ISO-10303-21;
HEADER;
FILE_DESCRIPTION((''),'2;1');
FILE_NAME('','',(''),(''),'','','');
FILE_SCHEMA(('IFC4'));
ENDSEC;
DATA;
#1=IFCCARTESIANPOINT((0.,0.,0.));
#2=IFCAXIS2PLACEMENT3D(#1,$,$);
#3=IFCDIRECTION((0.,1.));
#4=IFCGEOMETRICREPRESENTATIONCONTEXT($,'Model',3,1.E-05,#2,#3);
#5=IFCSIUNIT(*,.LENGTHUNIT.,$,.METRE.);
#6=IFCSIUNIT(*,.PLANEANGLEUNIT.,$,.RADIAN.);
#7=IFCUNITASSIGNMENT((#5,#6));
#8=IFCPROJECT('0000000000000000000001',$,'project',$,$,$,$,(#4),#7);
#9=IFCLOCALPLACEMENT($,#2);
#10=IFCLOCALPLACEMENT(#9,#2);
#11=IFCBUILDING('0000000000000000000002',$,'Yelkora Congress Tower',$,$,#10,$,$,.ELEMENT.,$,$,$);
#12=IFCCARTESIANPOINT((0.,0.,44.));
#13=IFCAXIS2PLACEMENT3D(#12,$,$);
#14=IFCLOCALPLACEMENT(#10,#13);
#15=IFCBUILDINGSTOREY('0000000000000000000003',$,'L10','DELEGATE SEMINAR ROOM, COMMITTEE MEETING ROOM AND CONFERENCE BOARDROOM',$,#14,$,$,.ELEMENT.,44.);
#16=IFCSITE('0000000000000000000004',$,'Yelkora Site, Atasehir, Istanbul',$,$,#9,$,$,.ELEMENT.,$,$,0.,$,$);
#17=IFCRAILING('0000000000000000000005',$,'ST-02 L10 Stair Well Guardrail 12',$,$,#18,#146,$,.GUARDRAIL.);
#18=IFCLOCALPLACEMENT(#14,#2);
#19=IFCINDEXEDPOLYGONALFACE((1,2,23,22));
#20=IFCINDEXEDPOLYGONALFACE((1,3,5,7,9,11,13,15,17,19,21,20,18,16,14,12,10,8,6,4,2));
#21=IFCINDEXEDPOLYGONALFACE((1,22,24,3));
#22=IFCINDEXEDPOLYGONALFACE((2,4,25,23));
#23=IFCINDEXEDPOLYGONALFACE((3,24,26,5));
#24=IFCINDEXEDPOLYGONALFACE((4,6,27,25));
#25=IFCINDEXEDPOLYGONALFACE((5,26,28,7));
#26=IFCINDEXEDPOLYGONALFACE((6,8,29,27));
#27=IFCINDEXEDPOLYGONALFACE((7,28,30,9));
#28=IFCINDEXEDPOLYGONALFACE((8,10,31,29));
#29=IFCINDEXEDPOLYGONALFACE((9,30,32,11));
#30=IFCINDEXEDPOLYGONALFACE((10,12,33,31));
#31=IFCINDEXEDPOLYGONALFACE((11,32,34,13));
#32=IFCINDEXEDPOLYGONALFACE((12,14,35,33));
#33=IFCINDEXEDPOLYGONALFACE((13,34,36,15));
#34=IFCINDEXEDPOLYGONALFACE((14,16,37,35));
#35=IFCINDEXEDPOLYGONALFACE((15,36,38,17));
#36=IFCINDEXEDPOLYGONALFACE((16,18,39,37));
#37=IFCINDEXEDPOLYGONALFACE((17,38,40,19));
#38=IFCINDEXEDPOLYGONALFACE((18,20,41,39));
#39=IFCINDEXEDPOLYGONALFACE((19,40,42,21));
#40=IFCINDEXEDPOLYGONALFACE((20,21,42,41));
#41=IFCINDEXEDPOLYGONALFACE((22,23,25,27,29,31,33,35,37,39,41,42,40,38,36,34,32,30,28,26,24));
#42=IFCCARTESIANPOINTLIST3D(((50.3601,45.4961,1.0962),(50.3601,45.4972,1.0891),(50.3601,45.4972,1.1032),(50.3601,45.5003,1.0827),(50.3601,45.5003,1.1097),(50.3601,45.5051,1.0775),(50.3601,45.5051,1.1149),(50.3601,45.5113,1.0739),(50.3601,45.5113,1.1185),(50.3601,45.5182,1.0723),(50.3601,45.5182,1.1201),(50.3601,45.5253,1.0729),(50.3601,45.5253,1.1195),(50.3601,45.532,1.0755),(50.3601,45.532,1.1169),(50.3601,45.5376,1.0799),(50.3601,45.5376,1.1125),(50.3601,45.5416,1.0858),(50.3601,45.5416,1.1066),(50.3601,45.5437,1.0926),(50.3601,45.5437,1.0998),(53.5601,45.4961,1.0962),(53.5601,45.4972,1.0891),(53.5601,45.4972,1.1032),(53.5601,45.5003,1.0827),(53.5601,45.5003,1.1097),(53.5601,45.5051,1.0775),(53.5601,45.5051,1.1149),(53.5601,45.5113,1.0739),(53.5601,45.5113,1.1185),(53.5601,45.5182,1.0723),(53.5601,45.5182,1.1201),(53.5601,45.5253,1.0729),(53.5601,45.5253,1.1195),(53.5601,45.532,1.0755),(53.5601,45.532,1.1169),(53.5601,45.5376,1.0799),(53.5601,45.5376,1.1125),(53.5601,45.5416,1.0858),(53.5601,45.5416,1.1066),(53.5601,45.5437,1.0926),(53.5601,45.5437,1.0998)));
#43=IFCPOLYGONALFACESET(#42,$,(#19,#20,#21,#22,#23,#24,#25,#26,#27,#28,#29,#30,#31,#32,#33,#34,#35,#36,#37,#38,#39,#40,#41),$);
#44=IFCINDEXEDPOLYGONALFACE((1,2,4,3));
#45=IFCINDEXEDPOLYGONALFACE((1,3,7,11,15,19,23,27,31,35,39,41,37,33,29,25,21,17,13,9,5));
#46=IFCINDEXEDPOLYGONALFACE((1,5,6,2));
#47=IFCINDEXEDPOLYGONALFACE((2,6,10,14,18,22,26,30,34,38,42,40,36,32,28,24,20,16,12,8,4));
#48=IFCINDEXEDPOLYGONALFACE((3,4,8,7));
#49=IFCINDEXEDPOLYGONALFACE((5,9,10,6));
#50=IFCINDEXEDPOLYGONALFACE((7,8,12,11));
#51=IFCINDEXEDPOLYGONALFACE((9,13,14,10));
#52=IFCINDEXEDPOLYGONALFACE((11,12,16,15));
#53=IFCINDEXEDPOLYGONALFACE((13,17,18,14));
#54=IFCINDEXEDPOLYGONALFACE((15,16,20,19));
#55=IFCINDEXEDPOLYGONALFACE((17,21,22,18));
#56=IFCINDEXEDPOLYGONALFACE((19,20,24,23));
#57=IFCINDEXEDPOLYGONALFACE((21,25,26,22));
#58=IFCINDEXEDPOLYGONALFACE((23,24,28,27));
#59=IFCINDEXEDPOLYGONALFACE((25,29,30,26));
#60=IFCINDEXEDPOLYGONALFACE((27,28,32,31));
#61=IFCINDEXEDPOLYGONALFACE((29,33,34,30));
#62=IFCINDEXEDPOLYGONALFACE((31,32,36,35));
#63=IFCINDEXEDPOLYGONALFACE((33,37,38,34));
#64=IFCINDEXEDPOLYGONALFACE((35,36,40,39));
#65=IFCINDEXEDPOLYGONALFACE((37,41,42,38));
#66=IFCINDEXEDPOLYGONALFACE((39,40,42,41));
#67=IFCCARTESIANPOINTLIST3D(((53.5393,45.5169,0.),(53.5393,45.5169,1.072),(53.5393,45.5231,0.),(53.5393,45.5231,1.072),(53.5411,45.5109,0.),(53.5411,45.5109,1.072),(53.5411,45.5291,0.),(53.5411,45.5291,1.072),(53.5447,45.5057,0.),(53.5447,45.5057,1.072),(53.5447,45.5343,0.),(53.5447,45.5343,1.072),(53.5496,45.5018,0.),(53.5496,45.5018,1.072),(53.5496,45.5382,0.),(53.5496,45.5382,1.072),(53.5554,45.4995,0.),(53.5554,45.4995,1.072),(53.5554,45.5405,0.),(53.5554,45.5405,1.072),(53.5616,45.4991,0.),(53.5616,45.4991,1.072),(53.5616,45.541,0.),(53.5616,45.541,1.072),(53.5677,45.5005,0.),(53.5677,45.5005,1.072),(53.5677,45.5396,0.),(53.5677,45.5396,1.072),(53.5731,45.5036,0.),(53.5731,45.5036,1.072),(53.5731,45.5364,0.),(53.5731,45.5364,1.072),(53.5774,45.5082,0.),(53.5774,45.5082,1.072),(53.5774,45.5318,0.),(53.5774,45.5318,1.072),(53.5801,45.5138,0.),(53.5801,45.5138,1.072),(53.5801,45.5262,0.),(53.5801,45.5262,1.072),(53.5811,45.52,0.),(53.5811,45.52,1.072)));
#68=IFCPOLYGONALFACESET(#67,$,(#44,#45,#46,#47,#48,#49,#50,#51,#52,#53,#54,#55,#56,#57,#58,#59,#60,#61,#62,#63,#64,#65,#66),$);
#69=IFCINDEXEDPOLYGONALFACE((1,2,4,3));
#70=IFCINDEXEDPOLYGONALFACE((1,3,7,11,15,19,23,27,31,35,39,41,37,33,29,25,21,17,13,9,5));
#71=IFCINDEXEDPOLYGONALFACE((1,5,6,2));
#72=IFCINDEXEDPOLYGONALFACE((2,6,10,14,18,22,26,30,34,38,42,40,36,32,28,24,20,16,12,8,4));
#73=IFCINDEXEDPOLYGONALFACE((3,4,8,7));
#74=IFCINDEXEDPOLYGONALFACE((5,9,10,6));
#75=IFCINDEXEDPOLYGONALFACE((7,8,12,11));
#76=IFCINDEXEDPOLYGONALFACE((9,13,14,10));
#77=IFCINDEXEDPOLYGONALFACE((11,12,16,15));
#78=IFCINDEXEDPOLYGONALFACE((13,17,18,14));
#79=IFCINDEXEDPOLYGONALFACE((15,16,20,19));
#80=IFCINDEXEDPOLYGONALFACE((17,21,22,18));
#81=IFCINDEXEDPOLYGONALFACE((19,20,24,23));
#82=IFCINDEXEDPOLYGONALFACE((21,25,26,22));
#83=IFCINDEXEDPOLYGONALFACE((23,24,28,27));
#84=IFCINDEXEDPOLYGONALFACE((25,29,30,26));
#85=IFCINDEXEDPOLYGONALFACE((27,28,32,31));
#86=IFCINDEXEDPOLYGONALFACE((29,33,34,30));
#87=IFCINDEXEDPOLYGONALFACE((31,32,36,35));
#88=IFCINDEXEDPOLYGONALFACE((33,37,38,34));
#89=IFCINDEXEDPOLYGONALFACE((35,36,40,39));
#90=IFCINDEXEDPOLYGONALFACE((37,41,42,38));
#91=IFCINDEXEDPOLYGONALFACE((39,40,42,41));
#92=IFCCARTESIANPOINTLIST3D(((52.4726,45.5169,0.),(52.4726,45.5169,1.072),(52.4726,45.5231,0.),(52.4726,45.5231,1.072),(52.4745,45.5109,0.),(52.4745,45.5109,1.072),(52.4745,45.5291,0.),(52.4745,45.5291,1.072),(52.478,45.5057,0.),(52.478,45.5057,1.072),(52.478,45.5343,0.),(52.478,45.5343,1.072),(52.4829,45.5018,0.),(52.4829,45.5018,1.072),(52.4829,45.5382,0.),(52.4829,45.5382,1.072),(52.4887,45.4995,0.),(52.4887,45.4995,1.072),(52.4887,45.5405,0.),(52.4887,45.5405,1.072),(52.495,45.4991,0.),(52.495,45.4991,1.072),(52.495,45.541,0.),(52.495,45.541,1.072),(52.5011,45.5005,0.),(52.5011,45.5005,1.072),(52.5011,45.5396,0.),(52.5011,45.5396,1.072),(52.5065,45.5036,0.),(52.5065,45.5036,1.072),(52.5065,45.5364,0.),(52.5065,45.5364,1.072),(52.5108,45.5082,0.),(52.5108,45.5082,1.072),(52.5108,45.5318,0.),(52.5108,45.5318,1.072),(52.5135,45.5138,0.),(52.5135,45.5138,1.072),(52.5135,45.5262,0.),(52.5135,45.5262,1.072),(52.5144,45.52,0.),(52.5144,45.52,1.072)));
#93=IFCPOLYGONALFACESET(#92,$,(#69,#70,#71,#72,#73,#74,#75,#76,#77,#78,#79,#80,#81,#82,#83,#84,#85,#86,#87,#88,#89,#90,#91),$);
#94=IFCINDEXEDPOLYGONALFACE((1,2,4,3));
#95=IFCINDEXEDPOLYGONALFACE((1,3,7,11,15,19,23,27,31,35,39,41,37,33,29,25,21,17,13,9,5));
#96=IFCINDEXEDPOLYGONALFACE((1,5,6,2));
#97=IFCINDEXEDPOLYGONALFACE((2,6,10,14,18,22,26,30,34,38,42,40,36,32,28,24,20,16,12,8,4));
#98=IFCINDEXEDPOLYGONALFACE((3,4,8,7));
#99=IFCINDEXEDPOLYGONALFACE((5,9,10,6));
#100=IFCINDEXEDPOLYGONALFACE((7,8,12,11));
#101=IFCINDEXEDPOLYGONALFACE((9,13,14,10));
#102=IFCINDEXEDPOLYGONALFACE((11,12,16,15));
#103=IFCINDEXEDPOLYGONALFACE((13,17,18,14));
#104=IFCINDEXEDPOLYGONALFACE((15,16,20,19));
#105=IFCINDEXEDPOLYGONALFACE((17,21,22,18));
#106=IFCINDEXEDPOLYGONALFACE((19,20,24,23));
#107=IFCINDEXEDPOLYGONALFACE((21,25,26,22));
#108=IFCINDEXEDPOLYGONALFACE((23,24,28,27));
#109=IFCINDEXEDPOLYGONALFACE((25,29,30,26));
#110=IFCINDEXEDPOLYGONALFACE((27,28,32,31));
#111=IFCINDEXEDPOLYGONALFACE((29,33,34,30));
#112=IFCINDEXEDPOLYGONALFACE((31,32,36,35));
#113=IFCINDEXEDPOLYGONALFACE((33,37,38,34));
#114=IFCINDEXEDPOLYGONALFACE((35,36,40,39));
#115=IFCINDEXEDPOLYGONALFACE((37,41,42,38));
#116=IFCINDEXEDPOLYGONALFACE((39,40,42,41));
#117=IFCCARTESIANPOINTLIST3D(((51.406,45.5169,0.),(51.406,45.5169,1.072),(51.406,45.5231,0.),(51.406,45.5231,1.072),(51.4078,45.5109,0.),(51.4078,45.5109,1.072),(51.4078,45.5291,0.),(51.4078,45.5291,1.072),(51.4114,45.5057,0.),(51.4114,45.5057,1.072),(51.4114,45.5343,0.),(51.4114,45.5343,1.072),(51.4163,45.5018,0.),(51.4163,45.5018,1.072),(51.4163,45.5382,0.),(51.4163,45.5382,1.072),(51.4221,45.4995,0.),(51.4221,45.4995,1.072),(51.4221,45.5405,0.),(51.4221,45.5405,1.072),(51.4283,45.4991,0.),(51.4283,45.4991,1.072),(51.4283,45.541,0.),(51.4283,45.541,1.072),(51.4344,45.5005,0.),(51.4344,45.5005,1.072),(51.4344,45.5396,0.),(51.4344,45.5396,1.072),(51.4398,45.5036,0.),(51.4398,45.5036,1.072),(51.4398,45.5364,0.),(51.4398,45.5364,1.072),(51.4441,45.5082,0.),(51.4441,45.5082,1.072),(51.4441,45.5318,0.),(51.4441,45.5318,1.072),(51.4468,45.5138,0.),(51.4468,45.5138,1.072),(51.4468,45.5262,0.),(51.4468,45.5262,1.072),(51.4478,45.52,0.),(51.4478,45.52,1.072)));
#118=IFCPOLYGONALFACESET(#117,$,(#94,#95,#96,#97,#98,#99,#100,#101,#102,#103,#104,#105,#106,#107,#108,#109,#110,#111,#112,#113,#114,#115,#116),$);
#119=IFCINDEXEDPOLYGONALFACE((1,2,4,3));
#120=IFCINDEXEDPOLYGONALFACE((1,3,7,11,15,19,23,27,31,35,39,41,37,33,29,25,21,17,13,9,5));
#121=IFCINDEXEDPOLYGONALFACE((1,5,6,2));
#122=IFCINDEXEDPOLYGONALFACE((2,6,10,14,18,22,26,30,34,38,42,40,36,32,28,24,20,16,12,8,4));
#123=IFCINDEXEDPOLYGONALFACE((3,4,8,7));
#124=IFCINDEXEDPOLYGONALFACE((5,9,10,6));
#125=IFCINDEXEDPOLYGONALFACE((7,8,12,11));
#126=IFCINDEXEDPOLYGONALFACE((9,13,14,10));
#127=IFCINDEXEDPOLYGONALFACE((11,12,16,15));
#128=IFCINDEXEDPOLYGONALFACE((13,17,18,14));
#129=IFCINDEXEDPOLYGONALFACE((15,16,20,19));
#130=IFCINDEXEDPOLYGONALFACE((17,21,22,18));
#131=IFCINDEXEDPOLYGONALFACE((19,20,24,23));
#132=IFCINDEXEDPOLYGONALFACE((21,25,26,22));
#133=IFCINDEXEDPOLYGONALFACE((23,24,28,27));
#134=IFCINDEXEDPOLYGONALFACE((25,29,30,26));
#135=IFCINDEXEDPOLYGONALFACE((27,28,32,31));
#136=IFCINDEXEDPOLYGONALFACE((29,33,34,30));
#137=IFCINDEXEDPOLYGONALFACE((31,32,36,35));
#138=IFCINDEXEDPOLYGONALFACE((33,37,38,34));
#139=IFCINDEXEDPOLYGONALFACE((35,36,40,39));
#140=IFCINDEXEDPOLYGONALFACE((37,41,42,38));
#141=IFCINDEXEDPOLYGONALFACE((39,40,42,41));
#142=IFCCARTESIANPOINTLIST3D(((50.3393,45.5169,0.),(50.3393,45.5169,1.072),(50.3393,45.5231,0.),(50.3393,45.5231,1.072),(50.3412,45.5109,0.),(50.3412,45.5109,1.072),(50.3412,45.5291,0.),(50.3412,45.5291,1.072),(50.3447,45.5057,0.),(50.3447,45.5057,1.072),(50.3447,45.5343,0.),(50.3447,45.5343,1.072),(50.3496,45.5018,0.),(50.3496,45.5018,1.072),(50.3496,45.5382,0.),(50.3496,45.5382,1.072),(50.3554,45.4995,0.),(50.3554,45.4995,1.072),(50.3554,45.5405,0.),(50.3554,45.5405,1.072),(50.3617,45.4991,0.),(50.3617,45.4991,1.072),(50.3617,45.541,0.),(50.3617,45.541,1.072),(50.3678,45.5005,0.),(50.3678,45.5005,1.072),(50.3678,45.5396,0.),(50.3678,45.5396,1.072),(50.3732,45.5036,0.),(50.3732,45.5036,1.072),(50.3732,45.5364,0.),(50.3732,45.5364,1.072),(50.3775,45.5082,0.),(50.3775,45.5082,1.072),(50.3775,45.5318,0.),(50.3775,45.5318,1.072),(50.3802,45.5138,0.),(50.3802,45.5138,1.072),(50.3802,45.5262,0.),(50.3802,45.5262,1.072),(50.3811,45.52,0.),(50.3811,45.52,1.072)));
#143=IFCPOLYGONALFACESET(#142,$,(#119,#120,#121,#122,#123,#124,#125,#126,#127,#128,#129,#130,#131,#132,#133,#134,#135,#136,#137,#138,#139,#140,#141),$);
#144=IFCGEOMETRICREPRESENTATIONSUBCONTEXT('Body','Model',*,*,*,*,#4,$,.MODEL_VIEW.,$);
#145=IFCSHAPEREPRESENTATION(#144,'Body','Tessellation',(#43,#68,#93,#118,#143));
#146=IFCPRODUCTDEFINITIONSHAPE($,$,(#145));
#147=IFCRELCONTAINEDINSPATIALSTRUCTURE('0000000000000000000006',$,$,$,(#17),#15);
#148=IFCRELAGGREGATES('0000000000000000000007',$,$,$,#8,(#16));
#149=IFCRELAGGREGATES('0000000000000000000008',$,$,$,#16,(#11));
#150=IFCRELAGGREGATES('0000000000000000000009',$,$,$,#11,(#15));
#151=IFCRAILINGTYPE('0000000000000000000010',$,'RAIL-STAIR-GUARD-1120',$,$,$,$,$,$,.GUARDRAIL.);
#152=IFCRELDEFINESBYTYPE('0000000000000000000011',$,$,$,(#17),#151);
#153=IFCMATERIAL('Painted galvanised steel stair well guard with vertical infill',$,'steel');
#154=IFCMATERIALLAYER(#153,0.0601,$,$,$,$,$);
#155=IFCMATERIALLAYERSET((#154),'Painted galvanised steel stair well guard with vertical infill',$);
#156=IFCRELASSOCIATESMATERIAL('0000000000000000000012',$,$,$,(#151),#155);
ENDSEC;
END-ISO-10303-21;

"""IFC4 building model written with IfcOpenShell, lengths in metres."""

from ifc_helpers import new_model, si_unit, direction, frame, origin, origin_2d, place, context, subcontext, project, spatial, circle, extrude, material, layer, layer_set, type_object, element, save


model = new_model("IFC4")

# Units and contexts
model_context = context("Model", 3, precision=1e-05, world=origin(), true_north=direction((0.0, 1.0)))
body_context = subcontext(model_context, "Body", "Model", "MODEL_VIEW")
ifc_project = project(units=[si_unit("LENGTHUNIT", "METRE"), si_unit("PLANEANGLEUNIT", "RADIAN")], contexts=[model_context])

# Site, building, storey
site_placement = place(None, origin())
site = spatial("IfcSite", under=ifc_project, at=site_placement, Name="Yelkora Site, Atasehir, Istanbul", CompositionType="ELEMENT", RefElevation=0.0)
building_placement = place(site_placement, origin())
building = spatial("IfcBuilding", under=site, at=building_placement, Name="Yelkora Congress Tower", CompositionType="ELEMENT")
storey_placement = place(building_placement, frame((0.0, 0.0, 44.0)))
storey = spatial("IfcBuildingStorey", under=building, at=storey_placement, Name="L10", Description="DELEGATE SEMINAR ROOM, COMMITTEE MEETING ROOM AND CONFERENCE BOARDROOM", CompositionType="ELEMENT", Elevation=44.0)

# Railing
ifc_material_1 = material(Name="Painted galvanised steel stair well guard with vertical infill", Category="steel")
ifc_layer_1 = layer(ifc_material_1, 0.0601)
ifc_layer_set_1 = layer_set([ifc_layer_1], Name="Painted galvanised steel stair well guard with vertical infill")
railing_type_1 = type_object("IfcRailingType", Name="RAIL-STAIR-GUARD-1120", PredefinedType="GUARDRAIL", material=ifc_layer_set_1)
railing_1_placement = place(storey_placement, frame((53.5601, 45.52, 0.0)))
element("IfcRailing", 1, at=railing_1_placement, inside=storey, type_object=railing_type_1, Name="ST-02 L10 Stair Well Guardrail 12", PredefinedType="GUARDRAIL", context=body_context, shape_type="SweptSolid", body=[
    extrude(circle(Radius=0.0239, at=origin_2d()), frame((0.0, 0.0, 1.0962), z_axis=(-1.0, 0.0, 0.0), x_axis=(0.0, -1.0, 0.0)), (0.0, 0.0, 1.0), 3.2),
    extrude(circle(Radius=0.021, at=origin_2d()), origin(), (0.0, 0.0, 1.0), 1.072),
    extrude(circle(Radius=0.021, at=origin_2d()), frame((-1.0667, 0.0, 0.0)), (0.0, 0.0, 1.0), 1.072),
    extrude(circle(Radius=0.021, at=origin_2d()), frame((-2.1333, 0.0, 0.0)), (0.0, 0.0, 1.0), 1.072),
    extrude(circle(Radius=0.021, at=origin_2d()), frame((-3.2, 0.0, 0.0)), (0.0, 0.0, 1.0), 1.072),
])

save(model, "model.ifc")
